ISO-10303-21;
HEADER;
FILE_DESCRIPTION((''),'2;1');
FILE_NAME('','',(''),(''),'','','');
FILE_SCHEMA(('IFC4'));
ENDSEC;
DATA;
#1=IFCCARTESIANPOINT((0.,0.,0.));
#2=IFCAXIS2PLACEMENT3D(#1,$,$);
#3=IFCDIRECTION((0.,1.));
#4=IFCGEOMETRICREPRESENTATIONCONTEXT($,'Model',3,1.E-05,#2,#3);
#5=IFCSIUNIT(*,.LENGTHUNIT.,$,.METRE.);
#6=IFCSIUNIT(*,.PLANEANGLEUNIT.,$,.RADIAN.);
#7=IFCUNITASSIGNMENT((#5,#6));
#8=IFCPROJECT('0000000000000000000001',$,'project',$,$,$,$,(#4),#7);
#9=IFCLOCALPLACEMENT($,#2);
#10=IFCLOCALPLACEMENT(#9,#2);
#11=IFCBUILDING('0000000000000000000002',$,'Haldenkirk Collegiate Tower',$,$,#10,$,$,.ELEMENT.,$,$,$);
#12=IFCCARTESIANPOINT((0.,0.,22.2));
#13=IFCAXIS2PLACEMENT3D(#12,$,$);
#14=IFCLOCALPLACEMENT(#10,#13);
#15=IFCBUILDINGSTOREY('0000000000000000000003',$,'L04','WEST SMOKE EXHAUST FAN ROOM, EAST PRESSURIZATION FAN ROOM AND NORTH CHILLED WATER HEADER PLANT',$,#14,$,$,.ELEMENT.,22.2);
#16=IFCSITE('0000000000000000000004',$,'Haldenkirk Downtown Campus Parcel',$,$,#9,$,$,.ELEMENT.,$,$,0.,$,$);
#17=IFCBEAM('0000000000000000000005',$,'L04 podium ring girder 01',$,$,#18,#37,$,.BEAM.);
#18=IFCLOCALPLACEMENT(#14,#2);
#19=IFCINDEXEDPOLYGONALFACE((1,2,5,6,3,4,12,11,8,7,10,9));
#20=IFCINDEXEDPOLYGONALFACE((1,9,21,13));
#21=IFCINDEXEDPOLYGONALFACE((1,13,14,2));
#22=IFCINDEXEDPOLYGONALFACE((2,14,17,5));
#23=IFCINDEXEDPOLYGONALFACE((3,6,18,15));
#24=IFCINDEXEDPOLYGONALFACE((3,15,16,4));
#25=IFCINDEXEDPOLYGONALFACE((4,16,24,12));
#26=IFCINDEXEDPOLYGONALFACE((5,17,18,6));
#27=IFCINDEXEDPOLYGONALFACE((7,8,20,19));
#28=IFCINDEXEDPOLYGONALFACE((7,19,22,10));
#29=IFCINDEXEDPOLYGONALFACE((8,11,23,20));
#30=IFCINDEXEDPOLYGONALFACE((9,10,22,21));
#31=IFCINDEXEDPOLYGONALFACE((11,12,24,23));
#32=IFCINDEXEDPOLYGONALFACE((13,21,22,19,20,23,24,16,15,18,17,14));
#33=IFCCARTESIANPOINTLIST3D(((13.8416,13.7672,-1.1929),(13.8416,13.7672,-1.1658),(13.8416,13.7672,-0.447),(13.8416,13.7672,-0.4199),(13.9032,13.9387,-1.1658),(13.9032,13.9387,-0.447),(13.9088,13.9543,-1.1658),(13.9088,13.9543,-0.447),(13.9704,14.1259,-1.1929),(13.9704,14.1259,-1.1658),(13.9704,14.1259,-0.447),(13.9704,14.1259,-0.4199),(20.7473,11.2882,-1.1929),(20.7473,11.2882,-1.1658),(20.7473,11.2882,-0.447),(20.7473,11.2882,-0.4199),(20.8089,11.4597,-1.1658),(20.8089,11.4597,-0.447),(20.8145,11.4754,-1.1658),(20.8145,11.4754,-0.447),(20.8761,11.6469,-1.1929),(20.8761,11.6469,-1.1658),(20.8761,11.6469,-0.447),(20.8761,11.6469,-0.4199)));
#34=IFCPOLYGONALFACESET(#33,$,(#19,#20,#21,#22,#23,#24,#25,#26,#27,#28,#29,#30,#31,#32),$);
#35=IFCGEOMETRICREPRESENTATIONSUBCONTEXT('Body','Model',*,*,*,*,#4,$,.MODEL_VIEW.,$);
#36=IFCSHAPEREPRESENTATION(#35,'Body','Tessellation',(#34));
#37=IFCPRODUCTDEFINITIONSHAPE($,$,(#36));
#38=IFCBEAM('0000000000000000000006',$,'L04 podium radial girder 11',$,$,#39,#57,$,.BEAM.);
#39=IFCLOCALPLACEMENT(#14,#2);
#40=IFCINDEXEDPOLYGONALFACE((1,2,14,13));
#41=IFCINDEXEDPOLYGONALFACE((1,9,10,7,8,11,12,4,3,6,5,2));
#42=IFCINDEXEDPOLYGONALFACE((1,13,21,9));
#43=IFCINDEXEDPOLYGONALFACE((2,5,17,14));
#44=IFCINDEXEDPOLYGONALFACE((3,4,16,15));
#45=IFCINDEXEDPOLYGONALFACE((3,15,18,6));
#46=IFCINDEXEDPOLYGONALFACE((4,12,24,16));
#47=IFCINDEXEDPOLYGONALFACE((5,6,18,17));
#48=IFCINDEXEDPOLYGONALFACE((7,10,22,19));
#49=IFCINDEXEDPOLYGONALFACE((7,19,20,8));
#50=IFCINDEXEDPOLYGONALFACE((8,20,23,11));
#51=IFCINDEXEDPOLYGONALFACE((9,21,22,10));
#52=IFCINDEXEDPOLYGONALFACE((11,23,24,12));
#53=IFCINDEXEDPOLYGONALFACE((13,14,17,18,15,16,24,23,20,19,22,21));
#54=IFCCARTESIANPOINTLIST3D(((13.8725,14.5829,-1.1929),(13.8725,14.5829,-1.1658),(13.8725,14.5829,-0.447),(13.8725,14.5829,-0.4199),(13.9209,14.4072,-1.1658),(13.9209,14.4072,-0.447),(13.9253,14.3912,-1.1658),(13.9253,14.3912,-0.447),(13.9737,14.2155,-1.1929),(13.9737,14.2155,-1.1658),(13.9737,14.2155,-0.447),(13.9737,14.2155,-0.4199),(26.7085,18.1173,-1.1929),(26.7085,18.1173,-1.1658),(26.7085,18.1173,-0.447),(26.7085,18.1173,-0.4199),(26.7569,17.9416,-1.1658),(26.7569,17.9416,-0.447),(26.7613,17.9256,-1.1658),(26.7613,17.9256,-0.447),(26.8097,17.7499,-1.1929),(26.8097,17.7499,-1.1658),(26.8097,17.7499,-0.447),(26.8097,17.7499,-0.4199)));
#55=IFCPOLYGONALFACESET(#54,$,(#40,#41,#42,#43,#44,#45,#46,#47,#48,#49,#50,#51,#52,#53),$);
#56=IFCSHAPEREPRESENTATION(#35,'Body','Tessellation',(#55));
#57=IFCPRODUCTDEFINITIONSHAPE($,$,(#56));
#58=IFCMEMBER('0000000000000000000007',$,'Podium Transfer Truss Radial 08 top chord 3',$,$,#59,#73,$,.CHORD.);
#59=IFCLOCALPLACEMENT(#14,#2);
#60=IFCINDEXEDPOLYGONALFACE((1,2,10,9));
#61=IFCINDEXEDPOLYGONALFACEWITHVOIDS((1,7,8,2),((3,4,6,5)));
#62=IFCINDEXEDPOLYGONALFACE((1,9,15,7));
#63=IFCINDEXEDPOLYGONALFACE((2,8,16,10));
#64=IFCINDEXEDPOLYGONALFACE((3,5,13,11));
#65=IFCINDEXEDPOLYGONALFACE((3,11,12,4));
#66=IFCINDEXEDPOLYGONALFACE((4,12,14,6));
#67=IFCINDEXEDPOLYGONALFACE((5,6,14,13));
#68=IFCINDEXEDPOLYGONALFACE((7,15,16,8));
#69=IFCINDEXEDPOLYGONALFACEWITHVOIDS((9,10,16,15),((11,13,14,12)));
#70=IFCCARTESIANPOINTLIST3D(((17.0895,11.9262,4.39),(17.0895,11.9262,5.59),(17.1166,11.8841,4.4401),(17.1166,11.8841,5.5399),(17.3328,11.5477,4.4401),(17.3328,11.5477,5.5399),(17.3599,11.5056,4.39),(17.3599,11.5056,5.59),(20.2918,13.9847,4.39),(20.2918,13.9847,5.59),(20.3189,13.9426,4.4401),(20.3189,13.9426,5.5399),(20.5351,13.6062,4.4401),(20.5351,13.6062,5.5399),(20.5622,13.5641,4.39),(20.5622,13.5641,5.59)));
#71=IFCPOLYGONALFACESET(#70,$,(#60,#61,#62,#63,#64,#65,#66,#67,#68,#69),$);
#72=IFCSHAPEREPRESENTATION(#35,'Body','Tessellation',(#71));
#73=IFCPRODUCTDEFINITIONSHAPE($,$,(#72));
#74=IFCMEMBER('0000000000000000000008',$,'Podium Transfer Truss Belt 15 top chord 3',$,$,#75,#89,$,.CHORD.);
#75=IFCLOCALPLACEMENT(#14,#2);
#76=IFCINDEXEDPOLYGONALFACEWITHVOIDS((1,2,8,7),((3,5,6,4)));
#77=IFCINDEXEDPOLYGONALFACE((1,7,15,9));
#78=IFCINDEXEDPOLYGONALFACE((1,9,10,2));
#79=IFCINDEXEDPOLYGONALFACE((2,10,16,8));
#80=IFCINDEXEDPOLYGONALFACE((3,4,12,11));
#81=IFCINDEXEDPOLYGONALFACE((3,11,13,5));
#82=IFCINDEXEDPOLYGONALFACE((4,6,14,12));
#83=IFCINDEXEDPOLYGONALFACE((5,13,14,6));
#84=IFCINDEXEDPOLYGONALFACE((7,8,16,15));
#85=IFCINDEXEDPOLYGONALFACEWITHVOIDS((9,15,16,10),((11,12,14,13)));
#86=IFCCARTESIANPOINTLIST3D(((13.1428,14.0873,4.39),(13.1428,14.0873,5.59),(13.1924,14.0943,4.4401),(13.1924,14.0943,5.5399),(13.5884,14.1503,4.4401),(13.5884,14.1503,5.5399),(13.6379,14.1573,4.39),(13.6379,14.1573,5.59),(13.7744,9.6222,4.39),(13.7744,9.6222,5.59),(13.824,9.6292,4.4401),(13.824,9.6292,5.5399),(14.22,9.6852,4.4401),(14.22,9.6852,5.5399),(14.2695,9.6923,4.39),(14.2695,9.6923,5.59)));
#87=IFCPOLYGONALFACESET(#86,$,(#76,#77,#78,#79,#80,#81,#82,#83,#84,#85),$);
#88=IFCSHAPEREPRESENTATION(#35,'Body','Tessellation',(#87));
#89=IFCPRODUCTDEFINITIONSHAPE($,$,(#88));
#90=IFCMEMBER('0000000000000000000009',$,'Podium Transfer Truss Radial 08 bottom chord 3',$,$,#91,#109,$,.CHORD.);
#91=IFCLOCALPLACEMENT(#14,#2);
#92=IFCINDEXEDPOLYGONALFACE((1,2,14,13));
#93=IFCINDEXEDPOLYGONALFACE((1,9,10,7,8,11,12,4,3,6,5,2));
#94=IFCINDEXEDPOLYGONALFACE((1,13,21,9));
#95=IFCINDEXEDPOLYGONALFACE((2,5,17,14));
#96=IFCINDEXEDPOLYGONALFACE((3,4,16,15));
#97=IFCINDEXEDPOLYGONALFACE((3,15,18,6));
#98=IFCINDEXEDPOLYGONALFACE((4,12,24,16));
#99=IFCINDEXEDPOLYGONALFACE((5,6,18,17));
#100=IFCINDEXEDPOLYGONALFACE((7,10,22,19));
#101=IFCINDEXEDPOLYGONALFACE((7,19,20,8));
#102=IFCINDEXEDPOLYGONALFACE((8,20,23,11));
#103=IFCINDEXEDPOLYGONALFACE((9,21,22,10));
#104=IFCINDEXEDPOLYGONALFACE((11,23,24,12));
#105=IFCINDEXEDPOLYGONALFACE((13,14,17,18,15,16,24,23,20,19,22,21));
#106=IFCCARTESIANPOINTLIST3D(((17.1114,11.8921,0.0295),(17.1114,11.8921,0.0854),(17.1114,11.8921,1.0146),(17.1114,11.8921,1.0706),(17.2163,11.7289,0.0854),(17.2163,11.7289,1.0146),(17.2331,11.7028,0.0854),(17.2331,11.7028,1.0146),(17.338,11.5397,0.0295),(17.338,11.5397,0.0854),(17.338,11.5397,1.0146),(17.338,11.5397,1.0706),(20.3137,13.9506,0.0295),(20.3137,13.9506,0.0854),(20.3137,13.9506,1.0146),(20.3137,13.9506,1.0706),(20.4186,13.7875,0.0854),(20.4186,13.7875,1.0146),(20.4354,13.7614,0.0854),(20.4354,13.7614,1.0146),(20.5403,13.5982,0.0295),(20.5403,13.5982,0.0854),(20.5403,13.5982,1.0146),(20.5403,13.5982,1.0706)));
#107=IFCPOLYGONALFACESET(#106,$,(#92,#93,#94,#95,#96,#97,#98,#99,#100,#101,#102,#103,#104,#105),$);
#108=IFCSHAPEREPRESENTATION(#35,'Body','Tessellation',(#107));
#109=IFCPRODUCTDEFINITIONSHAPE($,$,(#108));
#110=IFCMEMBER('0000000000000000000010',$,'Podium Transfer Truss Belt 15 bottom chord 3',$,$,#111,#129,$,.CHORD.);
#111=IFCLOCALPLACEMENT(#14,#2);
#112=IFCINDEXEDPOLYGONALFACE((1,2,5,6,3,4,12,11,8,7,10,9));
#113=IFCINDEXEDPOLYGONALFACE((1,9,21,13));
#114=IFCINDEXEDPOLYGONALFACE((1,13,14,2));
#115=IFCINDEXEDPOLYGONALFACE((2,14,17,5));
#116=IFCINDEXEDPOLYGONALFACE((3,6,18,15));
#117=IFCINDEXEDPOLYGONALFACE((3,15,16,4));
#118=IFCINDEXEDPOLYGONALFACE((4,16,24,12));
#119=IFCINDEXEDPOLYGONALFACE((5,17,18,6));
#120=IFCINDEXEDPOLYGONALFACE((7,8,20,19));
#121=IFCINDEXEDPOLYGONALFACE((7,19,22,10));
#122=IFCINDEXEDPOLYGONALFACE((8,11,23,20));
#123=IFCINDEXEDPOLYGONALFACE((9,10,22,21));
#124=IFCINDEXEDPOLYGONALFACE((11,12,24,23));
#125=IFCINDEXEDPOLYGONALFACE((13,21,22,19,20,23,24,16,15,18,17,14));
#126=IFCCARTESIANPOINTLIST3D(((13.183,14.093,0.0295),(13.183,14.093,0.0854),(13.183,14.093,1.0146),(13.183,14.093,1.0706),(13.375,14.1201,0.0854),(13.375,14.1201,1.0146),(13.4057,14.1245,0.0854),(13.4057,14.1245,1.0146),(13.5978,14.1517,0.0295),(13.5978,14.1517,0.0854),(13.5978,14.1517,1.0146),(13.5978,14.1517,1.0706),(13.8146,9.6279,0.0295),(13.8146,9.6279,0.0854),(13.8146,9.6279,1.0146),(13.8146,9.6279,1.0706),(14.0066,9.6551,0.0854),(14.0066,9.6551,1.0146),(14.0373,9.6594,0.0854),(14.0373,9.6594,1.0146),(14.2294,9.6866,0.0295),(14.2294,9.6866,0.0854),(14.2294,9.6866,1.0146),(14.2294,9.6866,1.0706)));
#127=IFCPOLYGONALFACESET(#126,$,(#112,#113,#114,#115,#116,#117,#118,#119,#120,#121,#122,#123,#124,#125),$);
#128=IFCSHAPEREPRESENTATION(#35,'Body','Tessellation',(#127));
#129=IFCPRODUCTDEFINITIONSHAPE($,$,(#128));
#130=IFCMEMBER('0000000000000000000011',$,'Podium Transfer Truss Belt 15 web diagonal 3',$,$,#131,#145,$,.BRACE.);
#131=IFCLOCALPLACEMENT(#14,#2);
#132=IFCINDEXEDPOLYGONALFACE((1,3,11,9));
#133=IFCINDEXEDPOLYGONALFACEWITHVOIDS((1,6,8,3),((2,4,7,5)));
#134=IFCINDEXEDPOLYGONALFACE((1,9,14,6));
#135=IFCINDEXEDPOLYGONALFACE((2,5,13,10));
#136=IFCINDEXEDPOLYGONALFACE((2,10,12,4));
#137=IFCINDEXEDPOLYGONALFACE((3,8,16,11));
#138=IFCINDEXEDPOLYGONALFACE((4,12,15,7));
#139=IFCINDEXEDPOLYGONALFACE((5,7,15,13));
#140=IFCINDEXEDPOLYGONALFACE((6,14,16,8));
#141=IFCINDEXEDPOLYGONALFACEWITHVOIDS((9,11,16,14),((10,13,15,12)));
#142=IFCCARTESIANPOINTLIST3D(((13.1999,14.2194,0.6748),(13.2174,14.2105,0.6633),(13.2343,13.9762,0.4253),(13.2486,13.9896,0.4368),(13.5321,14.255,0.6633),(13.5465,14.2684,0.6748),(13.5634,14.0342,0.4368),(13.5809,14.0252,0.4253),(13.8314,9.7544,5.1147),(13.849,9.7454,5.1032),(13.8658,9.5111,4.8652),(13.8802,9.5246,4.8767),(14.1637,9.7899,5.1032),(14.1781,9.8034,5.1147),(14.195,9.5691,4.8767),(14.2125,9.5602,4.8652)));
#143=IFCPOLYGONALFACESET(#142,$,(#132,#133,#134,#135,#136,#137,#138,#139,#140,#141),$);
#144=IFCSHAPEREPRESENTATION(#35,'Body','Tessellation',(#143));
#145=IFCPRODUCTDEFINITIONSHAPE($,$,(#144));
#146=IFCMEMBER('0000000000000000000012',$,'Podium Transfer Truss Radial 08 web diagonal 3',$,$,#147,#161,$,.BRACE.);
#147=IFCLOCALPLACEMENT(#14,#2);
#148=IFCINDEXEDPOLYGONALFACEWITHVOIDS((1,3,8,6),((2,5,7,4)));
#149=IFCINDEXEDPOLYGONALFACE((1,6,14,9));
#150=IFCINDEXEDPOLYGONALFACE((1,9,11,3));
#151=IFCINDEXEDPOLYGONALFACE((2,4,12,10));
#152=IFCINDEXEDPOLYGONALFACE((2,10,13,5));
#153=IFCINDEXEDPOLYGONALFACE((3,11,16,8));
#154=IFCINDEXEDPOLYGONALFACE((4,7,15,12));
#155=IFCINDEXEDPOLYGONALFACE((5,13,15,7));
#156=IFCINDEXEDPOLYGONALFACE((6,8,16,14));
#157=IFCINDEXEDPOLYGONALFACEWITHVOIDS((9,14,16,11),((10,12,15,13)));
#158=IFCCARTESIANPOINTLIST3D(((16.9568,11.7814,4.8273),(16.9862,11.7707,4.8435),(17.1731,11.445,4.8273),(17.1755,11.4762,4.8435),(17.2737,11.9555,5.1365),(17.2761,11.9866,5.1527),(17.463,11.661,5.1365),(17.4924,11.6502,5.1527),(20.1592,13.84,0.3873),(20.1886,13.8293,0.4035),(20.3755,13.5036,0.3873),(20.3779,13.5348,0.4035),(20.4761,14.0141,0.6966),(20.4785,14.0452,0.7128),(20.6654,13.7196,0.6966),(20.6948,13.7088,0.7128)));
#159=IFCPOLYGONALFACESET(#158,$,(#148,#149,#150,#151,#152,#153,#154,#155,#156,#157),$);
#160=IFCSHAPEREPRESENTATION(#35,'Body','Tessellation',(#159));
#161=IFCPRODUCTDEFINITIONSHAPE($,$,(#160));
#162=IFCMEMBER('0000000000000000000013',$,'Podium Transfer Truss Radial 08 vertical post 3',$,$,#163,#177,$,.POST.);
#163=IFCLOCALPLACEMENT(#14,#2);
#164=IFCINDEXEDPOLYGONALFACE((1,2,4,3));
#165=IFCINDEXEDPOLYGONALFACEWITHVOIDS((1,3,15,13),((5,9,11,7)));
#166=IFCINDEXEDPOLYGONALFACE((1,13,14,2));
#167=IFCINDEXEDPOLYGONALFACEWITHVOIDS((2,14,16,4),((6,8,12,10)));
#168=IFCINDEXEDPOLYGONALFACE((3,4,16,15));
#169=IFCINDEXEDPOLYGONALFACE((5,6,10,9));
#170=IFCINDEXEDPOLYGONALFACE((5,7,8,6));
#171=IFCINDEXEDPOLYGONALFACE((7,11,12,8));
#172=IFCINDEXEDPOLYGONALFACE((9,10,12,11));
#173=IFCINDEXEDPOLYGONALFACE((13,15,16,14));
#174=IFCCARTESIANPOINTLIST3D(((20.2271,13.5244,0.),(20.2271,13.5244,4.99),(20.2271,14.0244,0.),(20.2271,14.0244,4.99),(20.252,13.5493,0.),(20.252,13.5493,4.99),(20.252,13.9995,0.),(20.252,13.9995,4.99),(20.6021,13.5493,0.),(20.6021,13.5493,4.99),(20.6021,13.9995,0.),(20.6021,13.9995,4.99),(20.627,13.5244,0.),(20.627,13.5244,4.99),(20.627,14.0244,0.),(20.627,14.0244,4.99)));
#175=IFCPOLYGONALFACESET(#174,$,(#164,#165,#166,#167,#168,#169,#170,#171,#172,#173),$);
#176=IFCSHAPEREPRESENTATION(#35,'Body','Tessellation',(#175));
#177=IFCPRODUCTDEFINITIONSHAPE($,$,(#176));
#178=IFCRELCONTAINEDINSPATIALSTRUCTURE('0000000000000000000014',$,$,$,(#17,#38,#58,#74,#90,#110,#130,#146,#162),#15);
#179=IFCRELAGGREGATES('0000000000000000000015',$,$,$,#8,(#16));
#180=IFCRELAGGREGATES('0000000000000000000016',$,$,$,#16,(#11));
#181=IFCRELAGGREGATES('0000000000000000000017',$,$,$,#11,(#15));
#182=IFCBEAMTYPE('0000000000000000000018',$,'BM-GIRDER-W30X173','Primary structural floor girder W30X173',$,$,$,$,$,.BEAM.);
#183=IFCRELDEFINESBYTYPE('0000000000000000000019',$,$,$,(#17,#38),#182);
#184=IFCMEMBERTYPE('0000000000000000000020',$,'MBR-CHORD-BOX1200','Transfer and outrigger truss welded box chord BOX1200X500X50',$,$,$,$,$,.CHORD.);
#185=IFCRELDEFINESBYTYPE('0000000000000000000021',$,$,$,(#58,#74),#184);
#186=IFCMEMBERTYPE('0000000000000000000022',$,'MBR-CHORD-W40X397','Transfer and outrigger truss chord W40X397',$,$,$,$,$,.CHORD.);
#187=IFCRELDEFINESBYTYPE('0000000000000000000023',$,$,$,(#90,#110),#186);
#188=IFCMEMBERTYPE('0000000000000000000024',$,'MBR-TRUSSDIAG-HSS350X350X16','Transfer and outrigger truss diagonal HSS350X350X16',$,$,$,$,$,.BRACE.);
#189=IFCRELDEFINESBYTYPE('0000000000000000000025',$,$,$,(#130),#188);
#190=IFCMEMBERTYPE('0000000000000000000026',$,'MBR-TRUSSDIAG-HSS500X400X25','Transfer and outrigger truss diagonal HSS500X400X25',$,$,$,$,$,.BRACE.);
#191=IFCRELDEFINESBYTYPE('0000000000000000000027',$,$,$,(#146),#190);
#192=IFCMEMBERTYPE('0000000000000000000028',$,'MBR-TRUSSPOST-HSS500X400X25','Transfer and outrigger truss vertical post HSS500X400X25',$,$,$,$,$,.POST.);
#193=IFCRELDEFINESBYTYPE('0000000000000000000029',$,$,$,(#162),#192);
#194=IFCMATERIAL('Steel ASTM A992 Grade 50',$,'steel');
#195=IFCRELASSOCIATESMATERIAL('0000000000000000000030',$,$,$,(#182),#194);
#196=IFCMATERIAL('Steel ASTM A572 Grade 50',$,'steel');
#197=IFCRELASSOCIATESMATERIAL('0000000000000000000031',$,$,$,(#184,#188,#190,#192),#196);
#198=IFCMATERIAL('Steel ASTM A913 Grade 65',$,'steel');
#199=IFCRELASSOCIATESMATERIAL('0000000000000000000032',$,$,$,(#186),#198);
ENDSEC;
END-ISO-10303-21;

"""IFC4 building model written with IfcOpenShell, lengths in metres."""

from ifc_helpers import new_model, si_unit, direction, frame, origin, origin_2d, place, context, subcontext, project, spatial, hollow_rectangle, i_section, extrude, material, material_profile, profile_set, type_object, element, save


model = new_model("IFC4")

# Units and contexts
model_context = context("Model", 3, precision=1e-05, world=origin(), true_north=direction((0.0, 1.0)))
body_context = subcontext(model_context, "Body", "Model", "MODEL_VIEW")
ifc_project = project(units=[si_unit("LENGTHUNIT", "METRE"), si_unit("PLANEANGLEUNIT", "RADIAN")], contexts=[model_context])

# Site, building, storey
site_placement = place(None, origin())
site = spatial("IfcSite", under=ifc_project, at=site_placement, Name="Haldenkirk Downtown Campus Parcel", CompositionType="ELEMENT", RefElevation=0.0)
building_placement = place(site_placement, origin())
building = spatial("IfcBuilding", under=site, at=building_placement, Name="Haldenkirk Collegiate Tower", CompositionType="ELEMENT")
storey_placement = place(building_placement, frame((0.0, 0.0, 22.2)))
storey = spatial("IfcBuildingStorey", under=building, at=storey_placement, Name="L04", Description="WEST SMOKE EXHAUST FAN ROOM, EAST PRESSURIZATION FAN ROOM AND NORTH CHILLED WATER HEADER PLANT", CompositionType="ELEMENT", Elevation=22.2)

# Beams
ifc_material_1 = material(Name="Steel ASTM A992 Grade 50", Category="steel")
ifc_material_profile_1 = material_profile(ifc_material_1, i_section(OverallWidth=0.3811, OverallDepth=0.7729, WebThickness=0.0166, FlangeThickness=0.0271, at=origin_2d()), Name="W30X173")
ifc_profile_set_1 = profile_set([ifc_material_profile_1], Name="Steel ASTM A992 Grade 50")
beam_type = type_object("IfcBeamType", Name="BM-GIRDER-W30X173", Description="Primary structural floor girder W30X173", PredefinedType="BEAM", material=ifc_profile_set_1)
beam_1_placement = place(storey_placement, frame((13.906, 13.9465, -0.8064), z_axis=(0.941194, -0.337866, 0.0), x_axis=(0.337866, 0.941194, 0.0)))
element("IfcBeam", 1, at=beam_1_placement, inside=storey, type_object=beam_type, Name="L04 podium ring girder 01", PredefinedType="BEAM", context=body_context, shape_type="SweptSolid", body=[
    extrude(i_section(OverallWidth=0.3811, OverallDepth=0.7729, WebThickness=0.0166, FlangeThickness=0.0271, at=origin_2d()), origin(), (0.0, 0.0, 1.0), 7.3372),
])
beam_2_placement = place(storey_placement, frame((13.9231, 14.3992, -0.8064), z_axis=(0.964118, 0.265474, 0.0), x_axis=(-0.265474, 0.964118, 0.0)))
element("IfcBeam", 2, at=beam_2_placement, inside=storey, type_object=beam_type, Name="L04 podium radial girder 11", PredefinedType="BEAM", context=body_context, shape_type="SweptSolid", body=[
    extrude(i_section(OverallWidth=0.3811, OverallDepth=0.7729, WebThickness=0.0166, FlangeThickness=0.0271, at=origin_2d()), origin(), (0.0, 0.0, 1.0), 13.3137),
])

# Members
ifc_material_2 = material(Name="Steel ASTM A572 Grade 50", Category="steel")
ifc_material_profile_2 = material_profile(ifc_material_2, hollow_rectangle(XDim=0.5, YDim=1.2, WallThickness=0.05, at=origin_2d()), Name="BOX1200X500X50")
ifc_profile_set_2 = profile_set([ifc_material_profile_2], Name="Steel ASTM A572 Grade 50")
member_type_1 = type_object("IfcMemberType", Name="MBR-CHORD-BOX1200", Description="Transfer and outrigger truss welded box chord BOX1200X500X50", PredefinedType="CHORD", material=ifc_profile_set_2)
member_1_placement = place(storey_placement, frame((20.427, 13.7744, 4.99), z_axis=(-0.841189, -0.540741, 0.0), x_axis=(0.540741, -0.841189, 0.0)))
element("IfcMember", 3, at=member_1_placement, inside=storey, type_object=member_type_1, Name="Podium Transfer Truss Radial 08 top chord 3", PredefinedType="CHORD", context=body_context, shape_type="SweptSolid", body=[
    extrude(hollow_rectangle(XDim=0.5, YDim=1.2, WallThickness=0.05, at=origin_2d()), origin(), (0.0, 0.0, 1.0), 3.8069),
])
member_2_placement = place(storey_placement, frame((13.3904, 14.1223, 4.99), z_axis=(0.140057, -0.990143, 0.0), x_axis=(0.990143, 0.140057, 0.0)))
element("IfcMember", 4, at=member_2_placement, inside=storey, type_object=member_type_1, Name="Podium Transfer Truss Belt 15 top chord 3", PredefinedType="CHORD", context=body_context, shape_type="SweptSolid", body=[
    extrude(hollow_rectangle(XDim=0.5, YDim=1.2, WallThickness=0.05, at=origin_2d()), origin(), (0.0, 0.0, 1.0), 4.5095),
])
ifc_material_3 = material(Name="Steel ASTM A913 Grade 65", Category="steel")
ifc_material_profile_3 = material_profile(ifc_material_3, i_section(OverallWidth=0.4189, OverallDepth=1.041, WebThickness=0.031, FlangeThickness=0.0559, at=origin_2d()), Name="W40X397")
ifc_profile_set_3 = profile_set([ifc_material_profile_3], Name="Steel ASTM A913 Grade 65")
member_type_2 = type_object("IfcMemberType", Name="MBR-CHORD-W40X397", Description="Transfer and outrigger truss chord W40X397", PredefinedType="CHORD", material=ifc_profile_set_3)
member_3_placement = place(storey_placement, frame((20.427, 13.7744, 0.55), z_axis=(-0.841189, -0.540741, 0.0), x_axis=(0.540741, -0.841189, 0.0)))
element("IfcMember", 5, at=member_3_placement, inside=storey, type_object=member_type_2, Name="Podium Transfer Truss Radial 08 bottom chord 3", PredefinedType="CHORD", context=body_context, shape_type="SweptSolid", body=[
    extrude(i_section(OverallWidth=0.4189, OverallDepth=1.041, WebThickness=0.031, FlangeThickness=0.0559, at=origin_2d()), origin(), (0.0, 0.0, 1.0), 3.8069),
])
member_4_placement = place(storey_placement, frame((13.3904, 14.1223, 0.55), z_axis=(0.140057, -0.990143, 0.0), x_axis=(0.990143, 0.140057, 0.0)))
element("IfcMember", 6, at=member_4_placement, inside=storey, type_object=member_type_2, Name="Podium Transfer Truss Belt 15 bottom chord 3", PredefinedType="CHORD", context=body_context, shape_type="SweptSolid", body=[
    extrude(i_section(OverallWidth=0.4189, OverallDepth=1.041, WebThickness=0.031, FlangeThickness=0.0559, at=origin_2d()), origin(), (0.0, 0.0, 1.0), 4.5095),
])
ifc_material_profile_4 = material_profile(ifc_material_2, hollow_rectangle(XDim=0.3501, YDim=0.3501, WallThickness=0.0161, at=origin_2d()), Name="HSS350X350X16")
ifc_profile_set_4 = profile_set([ifc_material_profile_4], Name="Steel ASTM A572 Grade 50")
member_type_3 = type_object("IfcMemberType", Name="MBR-TRUSSDIAG-HSS350X350X16", Description="Transfer and outrigger truss diagonal HSS350X350X16", PredefinedType="BRACE", material=ifc_profile_set_4)
member_5_placement = place(storey_placement, frame((13.3904, 14.1223, 0.55), z_axis=(0.099802, -0.70556, 0.701587), x_axis=(0.990143, 0.140057, 0.0)))
element("IfcMember", 7, at=member_5_placement, inside=storey, type_object=member_type_3, Name="Podium Transfer Truss Belt 15 web diagonal 3", PredefinedType="BRACE", context=body_context, shape_type="SweptSolid", body=[
    extrude(hollow_rectangle(XDim=0.3501, YDim=0.3501, WallThickness=0.0161, at=origin_2d()), origin(), (0.0, 0.0, 1.0), 6.3284),
])
ifc_material_profile_5 = material_profile(ifc_material_2, hollow_rectangle(XDim=0.3999, YDim=0.5, WallThickness=0.0249, at=origin_2d()), Name="HSS500X400X25")
ifc_profile_set_5 = profile_set([ifc_material_profile_5], Name="Steel ASTM A572 Grade 50")
member_type_4 = type_object("IfcMemberType", Name="MBR-TRUSSDIAG-HSS500X400X25", Description="Transfer and outrigger truss diagonal HSS500X400X25", PredefinedType="BRACE", material=ifc_profile_set_5)
member_6_placement = place(storey_placement, frame((20.427, 13.7744, 0.55), z_axis=(-0.547548, -0.35198, 0.759145), x_axis=(0.540741, -0.841189, 0.0)))
element("IfcMember", 8, at=member_6_placement, inside=storey, type_object=member_type_4, Name="Podium Transfer Truss Radial 08 web diagonal 3", PredefinedType="BRACE", context=body_context, shape_type="SweptSolid", body=[
    extrude(hollow_rectangle(XDim=0.3999, YDim=0.5, WallThickness=0.0249, at=origin_2d()), origin(), (0.0, 0.0, 1.0), 5.8486),
])
ifc_material_profile_6 = material_profile(ifc_material_2, hollow_rectangle(XDim=0.3999, YDim=0.5, WallThickness=0.0249, at=origin_2d()), Name="HSS500X400X25")
ifc_profile_set_6 = profile_set([ifc_material_profile_6], Name="Steel ASTM A572 Grade 50")
member_type_5 = type_object("IfcMemberType", Name="MBR-TRUSSPOST-HSS500X400X25", Description="Transfer and outrigger truss vertical post HSS500X400X25", PredefinedType="POST", material=ifc_profile_set_6)
for number, where, z_axis, x_axis, name in (
    (9, (20.427, 13.7744, 0.0), (0.0, 0.0, 1.0), (1.0, 0.0, 0.0), "Podium Transfer Truss Radial 08 vertical post 3"),
):
    element("IfcMember", number, at=place(storey_placement, frame(where, z_axis=z_axis, x_axis=x_axis)), inside=storey, type_object=member_type_5, Name=name, PredefinedType="POST", context=body_context, shape_type="SweptSolid", body=[
        extrude(hollow_rectangle(XDim=0.3999, YDim=0.5, WallThickness=0.0249, at=origin_2d()), origin(), (0.0, 0.0, 1.0), 4.99),
    ])

save(model, "model.ifc")
